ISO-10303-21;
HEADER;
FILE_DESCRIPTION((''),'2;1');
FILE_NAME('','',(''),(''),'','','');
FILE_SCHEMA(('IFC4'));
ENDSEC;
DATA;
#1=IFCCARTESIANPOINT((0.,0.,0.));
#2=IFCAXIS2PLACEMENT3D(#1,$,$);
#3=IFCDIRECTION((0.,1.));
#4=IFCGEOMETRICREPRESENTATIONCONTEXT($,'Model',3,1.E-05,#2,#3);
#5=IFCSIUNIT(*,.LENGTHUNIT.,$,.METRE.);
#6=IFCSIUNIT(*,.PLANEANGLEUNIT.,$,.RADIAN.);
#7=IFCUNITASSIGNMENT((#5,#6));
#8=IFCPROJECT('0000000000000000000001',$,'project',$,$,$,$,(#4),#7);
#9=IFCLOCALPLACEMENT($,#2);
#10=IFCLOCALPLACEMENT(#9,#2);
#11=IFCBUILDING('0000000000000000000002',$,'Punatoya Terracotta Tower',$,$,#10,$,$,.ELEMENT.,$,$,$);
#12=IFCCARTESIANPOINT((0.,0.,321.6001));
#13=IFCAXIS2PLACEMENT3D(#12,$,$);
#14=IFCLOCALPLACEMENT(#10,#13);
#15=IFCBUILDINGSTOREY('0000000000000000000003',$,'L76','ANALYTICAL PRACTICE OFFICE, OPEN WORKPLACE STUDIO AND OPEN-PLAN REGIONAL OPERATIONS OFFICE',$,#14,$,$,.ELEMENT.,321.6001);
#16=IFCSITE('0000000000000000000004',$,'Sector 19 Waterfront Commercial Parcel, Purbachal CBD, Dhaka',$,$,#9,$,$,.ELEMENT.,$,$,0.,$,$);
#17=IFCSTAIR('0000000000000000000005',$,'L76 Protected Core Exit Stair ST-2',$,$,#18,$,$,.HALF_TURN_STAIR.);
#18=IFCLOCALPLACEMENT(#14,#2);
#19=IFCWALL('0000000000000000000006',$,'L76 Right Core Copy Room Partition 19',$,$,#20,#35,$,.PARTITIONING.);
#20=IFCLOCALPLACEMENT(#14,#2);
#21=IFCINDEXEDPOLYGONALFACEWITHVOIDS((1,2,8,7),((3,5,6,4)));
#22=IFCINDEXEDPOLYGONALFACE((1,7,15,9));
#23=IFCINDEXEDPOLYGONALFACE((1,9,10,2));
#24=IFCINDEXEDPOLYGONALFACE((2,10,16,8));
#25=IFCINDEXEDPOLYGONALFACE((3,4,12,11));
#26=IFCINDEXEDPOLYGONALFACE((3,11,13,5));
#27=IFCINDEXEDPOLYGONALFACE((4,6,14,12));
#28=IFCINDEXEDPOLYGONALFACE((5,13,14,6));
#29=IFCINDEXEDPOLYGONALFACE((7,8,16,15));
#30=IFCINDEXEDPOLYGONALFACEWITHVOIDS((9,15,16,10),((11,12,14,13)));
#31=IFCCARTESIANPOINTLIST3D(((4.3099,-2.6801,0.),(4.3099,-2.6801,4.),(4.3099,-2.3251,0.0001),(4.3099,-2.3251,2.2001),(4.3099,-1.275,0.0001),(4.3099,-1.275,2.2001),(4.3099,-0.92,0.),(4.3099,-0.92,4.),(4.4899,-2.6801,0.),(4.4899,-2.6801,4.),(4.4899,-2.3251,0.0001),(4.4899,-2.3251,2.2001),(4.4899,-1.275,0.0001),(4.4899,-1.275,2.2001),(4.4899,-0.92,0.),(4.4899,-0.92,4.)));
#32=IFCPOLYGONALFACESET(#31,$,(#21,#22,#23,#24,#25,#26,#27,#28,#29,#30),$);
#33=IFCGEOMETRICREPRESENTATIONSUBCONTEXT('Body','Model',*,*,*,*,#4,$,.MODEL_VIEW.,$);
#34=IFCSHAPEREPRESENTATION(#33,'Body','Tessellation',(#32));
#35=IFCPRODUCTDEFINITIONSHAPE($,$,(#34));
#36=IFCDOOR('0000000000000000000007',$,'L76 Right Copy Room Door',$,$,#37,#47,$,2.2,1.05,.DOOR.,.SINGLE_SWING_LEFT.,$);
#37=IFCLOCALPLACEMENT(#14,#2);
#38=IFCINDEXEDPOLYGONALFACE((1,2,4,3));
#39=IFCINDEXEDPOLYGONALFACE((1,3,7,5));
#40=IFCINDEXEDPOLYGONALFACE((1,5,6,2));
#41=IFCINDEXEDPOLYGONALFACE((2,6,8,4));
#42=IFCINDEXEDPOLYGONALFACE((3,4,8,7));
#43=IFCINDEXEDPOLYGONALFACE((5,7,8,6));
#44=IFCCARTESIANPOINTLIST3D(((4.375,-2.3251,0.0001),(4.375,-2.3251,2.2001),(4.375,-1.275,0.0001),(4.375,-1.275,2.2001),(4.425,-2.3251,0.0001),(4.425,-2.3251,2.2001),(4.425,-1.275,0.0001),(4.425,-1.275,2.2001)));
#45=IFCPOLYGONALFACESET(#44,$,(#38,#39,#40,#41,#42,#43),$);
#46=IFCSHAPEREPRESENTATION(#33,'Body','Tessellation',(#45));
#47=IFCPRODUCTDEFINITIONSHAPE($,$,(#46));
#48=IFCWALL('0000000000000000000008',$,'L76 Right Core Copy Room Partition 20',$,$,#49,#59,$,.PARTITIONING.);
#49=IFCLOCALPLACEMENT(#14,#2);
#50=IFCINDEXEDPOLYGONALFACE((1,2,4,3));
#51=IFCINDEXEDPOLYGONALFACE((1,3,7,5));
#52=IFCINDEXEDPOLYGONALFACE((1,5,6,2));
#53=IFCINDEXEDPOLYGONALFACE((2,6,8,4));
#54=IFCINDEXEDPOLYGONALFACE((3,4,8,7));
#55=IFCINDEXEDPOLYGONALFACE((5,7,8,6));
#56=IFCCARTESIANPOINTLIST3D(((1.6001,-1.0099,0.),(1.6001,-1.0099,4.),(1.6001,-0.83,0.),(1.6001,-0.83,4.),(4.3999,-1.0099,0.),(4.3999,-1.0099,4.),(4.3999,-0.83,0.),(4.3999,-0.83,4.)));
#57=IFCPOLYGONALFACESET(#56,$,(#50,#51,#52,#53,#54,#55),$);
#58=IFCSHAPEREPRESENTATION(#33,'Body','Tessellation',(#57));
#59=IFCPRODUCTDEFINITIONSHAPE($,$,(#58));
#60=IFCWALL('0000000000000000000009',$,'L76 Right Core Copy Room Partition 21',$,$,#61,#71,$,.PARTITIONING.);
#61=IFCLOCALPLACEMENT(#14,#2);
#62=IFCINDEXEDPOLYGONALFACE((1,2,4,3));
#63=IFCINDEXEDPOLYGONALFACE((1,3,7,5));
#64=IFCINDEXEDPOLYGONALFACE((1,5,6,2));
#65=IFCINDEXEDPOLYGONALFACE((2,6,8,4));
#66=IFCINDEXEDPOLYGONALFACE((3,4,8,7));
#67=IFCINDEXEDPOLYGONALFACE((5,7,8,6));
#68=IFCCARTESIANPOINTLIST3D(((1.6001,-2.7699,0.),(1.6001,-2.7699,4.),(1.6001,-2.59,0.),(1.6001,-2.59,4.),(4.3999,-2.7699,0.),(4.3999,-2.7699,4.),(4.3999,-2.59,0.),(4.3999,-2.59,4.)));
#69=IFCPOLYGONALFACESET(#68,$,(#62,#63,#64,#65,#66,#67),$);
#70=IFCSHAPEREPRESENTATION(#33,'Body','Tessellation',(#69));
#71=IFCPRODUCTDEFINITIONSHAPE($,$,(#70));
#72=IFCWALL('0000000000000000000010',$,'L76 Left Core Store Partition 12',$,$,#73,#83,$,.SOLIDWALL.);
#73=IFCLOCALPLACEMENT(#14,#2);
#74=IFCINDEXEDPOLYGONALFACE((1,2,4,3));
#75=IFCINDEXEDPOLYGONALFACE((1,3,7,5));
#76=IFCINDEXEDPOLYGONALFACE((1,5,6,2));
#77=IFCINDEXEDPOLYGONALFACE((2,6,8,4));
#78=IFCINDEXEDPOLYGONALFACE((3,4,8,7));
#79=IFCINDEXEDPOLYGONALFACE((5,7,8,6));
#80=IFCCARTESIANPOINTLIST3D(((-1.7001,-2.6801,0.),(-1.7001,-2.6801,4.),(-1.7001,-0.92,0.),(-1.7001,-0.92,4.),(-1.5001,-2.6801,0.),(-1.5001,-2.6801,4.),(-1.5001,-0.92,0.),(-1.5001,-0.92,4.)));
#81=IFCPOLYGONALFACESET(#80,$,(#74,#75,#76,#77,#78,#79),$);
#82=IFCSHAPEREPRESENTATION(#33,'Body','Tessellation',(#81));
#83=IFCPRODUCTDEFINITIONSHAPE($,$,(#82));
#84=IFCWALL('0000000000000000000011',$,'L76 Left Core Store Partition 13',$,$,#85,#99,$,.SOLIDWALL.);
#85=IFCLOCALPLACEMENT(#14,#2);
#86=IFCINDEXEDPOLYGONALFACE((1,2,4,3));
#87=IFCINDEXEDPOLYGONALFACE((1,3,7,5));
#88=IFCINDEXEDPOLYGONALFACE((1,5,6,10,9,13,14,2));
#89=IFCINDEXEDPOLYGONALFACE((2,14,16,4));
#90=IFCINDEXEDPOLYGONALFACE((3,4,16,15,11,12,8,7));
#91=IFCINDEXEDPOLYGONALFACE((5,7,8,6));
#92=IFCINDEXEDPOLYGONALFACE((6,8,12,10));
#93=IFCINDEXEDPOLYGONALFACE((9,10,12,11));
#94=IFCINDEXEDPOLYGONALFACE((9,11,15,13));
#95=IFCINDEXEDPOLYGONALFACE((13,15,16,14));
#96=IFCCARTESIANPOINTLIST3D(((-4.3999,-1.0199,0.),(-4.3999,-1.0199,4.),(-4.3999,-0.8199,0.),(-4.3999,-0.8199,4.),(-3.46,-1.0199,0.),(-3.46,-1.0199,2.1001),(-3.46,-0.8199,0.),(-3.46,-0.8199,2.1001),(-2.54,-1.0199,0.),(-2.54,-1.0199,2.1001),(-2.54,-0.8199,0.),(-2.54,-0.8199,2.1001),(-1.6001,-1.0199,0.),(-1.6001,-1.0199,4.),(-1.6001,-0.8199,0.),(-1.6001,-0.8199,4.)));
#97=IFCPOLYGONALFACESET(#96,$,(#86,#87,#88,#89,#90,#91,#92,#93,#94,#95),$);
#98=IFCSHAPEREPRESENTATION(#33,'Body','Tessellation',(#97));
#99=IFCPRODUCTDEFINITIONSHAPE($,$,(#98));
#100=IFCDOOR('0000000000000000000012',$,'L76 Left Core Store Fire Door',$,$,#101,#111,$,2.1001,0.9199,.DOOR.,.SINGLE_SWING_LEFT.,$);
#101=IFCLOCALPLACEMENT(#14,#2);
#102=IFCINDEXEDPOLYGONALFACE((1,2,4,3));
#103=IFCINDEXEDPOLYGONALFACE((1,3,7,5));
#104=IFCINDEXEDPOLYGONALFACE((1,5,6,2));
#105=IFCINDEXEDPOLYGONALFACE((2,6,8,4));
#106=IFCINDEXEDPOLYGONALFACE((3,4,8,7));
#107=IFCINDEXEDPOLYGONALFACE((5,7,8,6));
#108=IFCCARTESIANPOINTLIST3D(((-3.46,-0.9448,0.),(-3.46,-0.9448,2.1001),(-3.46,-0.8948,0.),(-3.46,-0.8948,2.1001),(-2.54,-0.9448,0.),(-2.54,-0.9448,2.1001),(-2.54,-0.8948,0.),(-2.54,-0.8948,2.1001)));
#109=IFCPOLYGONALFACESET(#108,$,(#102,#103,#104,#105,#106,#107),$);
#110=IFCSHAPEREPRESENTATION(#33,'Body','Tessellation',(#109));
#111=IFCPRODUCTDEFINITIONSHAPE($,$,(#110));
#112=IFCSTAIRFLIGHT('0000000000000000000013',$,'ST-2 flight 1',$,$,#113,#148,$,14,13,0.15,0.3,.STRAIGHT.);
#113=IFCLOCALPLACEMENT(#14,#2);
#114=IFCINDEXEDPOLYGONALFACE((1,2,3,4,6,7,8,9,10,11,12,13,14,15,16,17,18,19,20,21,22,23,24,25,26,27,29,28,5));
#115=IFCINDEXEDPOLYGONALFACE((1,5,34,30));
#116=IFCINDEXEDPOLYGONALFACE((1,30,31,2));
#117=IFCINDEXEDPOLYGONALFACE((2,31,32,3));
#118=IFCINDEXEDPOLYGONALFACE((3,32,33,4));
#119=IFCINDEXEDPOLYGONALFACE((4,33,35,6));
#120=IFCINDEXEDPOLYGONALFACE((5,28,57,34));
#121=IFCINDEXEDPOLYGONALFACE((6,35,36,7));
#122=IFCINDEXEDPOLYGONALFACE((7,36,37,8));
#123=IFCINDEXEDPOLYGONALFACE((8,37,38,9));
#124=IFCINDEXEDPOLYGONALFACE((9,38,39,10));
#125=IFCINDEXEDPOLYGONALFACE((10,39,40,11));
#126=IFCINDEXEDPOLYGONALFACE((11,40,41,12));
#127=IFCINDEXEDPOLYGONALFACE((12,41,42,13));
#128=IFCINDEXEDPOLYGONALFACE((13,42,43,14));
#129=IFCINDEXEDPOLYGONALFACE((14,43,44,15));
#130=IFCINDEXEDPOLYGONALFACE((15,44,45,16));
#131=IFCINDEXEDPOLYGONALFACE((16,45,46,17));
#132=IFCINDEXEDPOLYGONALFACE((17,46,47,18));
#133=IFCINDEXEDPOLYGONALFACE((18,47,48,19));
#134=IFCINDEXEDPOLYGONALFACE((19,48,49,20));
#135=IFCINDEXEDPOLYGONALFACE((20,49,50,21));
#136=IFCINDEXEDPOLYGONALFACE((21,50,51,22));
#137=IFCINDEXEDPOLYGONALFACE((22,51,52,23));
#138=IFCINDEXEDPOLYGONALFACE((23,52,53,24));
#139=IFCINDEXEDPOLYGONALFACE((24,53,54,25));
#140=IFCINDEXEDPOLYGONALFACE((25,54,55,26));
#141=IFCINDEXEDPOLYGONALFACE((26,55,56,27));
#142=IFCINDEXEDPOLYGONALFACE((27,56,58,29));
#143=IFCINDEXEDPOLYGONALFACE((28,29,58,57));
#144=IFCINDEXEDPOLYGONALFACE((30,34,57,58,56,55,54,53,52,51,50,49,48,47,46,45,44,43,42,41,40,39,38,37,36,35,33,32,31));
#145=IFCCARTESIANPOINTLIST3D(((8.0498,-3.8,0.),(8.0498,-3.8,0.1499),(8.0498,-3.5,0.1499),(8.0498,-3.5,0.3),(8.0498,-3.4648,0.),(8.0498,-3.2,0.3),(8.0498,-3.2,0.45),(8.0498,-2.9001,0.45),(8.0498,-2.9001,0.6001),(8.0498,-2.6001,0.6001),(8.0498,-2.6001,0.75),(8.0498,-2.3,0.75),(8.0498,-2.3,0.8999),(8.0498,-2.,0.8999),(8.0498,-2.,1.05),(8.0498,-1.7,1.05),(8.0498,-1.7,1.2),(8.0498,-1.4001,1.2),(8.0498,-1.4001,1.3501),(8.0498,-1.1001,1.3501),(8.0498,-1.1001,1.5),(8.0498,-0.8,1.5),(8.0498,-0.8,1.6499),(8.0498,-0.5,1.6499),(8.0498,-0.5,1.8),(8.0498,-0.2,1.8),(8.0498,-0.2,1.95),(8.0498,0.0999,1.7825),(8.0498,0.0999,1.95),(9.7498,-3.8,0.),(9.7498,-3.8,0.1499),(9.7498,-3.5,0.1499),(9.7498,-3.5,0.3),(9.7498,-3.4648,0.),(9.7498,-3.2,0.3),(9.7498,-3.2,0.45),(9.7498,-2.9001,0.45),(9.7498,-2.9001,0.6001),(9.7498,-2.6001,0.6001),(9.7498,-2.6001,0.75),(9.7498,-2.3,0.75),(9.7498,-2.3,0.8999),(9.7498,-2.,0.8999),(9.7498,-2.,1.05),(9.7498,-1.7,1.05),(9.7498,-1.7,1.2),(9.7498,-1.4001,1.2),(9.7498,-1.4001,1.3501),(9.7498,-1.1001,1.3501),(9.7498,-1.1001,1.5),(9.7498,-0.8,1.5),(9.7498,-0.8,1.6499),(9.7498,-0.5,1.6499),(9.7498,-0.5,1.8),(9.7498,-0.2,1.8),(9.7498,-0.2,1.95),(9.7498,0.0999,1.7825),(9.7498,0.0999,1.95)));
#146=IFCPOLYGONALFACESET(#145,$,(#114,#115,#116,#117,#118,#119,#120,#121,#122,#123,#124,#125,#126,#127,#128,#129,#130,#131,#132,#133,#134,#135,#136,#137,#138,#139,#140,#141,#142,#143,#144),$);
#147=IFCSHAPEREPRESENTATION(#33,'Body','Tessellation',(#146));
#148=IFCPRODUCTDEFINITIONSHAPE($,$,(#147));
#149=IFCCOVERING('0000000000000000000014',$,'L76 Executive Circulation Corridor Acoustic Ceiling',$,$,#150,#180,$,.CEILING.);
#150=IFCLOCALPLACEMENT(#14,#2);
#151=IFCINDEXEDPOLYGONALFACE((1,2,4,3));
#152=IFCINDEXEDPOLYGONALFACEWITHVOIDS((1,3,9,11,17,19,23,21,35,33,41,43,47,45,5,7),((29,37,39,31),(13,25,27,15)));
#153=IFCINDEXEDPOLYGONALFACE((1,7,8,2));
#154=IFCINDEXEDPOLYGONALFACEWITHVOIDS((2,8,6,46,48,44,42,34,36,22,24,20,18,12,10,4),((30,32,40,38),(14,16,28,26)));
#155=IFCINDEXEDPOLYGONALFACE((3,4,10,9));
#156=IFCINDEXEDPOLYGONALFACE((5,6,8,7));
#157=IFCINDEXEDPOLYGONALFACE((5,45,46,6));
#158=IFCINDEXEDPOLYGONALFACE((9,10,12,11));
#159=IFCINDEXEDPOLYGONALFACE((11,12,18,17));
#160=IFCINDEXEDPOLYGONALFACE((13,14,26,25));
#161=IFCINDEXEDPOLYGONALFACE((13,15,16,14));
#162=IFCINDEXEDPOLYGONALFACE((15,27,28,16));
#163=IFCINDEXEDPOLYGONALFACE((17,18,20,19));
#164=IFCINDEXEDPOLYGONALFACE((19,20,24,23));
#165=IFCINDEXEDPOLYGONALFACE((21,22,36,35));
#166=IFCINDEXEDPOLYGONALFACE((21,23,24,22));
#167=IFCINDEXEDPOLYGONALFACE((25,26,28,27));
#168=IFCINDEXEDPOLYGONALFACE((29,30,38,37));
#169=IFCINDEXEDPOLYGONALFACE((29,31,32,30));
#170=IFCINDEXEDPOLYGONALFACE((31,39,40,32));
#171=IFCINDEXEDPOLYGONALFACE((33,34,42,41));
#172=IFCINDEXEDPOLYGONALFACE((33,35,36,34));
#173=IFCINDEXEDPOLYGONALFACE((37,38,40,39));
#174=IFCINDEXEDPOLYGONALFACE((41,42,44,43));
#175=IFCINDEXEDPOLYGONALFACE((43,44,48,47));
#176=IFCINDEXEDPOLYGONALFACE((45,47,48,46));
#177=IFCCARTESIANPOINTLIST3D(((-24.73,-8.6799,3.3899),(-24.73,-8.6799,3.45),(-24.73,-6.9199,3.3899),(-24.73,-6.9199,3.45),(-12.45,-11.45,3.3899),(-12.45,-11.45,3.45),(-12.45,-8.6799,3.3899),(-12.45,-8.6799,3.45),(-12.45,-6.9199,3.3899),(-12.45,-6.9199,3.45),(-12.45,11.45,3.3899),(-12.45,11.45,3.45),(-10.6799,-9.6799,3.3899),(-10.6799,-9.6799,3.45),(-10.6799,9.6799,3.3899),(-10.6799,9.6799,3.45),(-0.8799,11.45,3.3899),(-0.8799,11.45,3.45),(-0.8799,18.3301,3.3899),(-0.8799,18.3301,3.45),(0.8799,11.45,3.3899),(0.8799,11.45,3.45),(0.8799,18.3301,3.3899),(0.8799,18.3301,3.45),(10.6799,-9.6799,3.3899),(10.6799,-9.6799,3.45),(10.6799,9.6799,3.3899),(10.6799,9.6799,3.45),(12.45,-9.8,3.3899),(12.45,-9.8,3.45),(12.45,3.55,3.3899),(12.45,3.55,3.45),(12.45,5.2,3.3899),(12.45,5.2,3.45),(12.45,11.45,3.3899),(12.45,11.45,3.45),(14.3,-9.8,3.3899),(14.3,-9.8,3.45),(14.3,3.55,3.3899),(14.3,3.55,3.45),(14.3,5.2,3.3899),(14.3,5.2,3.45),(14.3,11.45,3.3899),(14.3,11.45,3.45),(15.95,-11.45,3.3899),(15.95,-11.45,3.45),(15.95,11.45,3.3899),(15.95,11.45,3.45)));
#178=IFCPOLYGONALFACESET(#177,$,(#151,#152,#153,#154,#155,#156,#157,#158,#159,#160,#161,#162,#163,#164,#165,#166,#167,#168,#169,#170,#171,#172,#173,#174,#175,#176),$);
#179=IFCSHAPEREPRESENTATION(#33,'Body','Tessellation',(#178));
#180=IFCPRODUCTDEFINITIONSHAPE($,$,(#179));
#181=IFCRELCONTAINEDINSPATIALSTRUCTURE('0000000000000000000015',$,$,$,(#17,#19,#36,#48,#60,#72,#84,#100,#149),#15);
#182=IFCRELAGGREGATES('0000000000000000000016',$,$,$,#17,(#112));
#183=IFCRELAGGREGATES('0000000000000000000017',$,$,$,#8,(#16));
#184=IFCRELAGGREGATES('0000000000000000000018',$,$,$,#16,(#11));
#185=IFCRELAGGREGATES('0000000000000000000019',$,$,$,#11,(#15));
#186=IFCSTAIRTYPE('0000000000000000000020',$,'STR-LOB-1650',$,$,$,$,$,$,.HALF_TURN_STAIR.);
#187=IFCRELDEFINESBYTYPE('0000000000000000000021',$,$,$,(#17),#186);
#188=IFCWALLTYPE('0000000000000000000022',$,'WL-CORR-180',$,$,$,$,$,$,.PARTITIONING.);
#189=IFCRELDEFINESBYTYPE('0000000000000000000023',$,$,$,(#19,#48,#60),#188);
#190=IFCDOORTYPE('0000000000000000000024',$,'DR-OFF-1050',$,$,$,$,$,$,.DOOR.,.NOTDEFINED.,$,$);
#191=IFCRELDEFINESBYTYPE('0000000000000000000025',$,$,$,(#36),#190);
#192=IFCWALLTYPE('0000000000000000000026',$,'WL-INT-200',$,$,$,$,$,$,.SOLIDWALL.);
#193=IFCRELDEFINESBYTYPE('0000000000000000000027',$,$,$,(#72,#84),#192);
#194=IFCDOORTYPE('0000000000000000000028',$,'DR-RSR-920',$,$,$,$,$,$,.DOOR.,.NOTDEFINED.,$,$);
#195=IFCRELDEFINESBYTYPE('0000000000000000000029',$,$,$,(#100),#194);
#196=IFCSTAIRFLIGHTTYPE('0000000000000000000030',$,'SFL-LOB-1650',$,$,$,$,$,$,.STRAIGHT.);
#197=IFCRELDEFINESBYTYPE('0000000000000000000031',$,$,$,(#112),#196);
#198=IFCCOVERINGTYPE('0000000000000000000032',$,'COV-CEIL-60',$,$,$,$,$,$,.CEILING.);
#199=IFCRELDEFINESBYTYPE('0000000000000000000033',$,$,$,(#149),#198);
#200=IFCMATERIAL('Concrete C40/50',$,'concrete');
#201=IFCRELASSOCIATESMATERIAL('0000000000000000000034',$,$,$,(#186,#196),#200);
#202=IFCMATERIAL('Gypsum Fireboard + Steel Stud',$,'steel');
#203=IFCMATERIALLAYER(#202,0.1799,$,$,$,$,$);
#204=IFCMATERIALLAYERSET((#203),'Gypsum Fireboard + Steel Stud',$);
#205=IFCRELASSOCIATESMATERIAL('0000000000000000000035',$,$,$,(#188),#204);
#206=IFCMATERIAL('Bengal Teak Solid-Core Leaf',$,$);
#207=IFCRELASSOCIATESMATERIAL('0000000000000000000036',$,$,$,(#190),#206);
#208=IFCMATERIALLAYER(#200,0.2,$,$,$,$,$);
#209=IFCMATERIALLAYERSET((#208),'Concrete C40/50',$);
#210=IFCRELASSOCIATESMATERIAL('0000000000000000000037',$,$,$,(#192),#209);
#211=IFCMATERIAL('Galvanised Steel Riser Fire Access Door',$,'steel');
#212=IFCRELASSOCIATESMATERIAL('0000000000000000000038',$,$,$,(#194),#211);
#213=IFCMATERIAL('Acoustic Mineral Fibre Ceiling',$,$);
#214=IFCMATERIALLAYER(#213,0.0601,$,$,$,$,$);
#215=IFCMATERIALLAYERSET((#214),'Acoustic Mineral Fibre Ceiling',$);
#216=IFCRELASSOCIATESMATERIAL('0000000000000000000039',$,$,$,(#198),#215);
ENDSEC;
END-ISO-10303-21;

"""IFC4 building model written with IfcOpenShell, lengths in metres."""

from ifc_helpers import new_model, si_unit, direction, frame, frame_2d, origin, place, context, subcontext, project, spatial, polyline, rectangle, outline, extrude, material, layer, layer_set, type_object, element, fill, aggregate, save


model = new_model("IFC4")

# Units and contexts
model_context = context("Model", 3, precision=1e-05, world=origin(), true_north=direction((0.0, 1.0)))
body_context = subcontext(model_context, "Body", "Model", "MODEL_VIEW")
ifc_project = project(units=[si_unit("LENGTHUNIT", "METRE"), si_unit("PLANEANGLEUNIT", "RADIAN")], contexts=[model_context])

# Site, building, storey
site_placement = place(None, origin())
site = spatial("IfcSite", under=ifc_project, at=site_placement, Name="Sector 19 Waterfront Commercial Parcel, Purbachal CBD, Dhaka", CompositionType="ELEMENT", RefElevation=0.0)
building_placement = place(site_placement, origin())
building = spatial("IfcBuilding", under=site, at=building_placement, Name="Punatoya Terracotta Tower", CompositionType="ELEMENT")
storey_placement = place(building_placement, frame((0.0, 0.0, 321.6001)))
storey = spatial("IfcBuildingStorey", under=building, at=storey_placement, Name="L76", Description="ANALYTICAL PRACTICE OFFICE, OPEN WORKPLACE STUDIO AND OPEN-PLAN REGIONAL OPERATIONS OFFICE", CompositionType="ELEMENT", Elevation=321.6001)

# Stair
ifc_material_1 = material(Name="Concrete C40/50", Category="concrete")
stair_type_1 = type_object("IfcStairType", Name="STR-LOB-1650", PredefinedType="HALF_TURN_STAIR", material=ifc_material_1)
stair_1_placement = place(storey_placement, origin())
stair_1 = element("IfcStair", 1, at=stair_1_placement, inside=storey, type_object=stair_type_1, Name="L76 Protected Core Exit Stair ST-2", PredefinedType="HALF_TURN_STAIR")

# Shared definitions
ifc_material_2 = material(Name="Gypsum Fireboard + Steel Stud", Category="steel")
ifc_layer_1 = layer(ifc_material_2, 0.1799)
ifc_layer_set_1 = layer_set([ifc_layer_1], Name="Gypsum Fireboard + Steel Stud")
wall_type_1 = type_object("IfcWallType", Name="WL-CORR-180", PredefinedType="PARTITIONING", material=ifc_layer_set_1)

# Wall, opening, door
wall_1_placement = place(storey_placement, frame((4.3999, -2.6799, 0.0), z_axis=(0.0, 0.0, 1.0), x_axis=(0.0, 1.0, 0.0)))
wall_1 = element("IfcWall", 2, at=wall_1_placement, inside=storey, type_object=wall_type_1, Name="L76 Right Core Copy Room Partition 19", PredefinedType="PARTITIONING", context=body_context, shape_type="SweptSolid", body=[
    extrude(rectangle(XDim=1.76, YDim=0.1799, at=frame_2d((0.8799, 0.0))), origin(), (0.0, 0.0, 1.0), 4.0),
])
opening_1_placement = place(wall_1_placement, frame((0.355, 0.0, 0.0)))
opening_1 = element("IfcOpeningElement", 3, at=opening_1_placement, cuts=wall_1, PredefinedType="OPENING", context=body_context, shape_type="SweptSolid", body=[
    extrude(rectangle(XDim=1.05, YDim=2.2, at=frame_2d((0.5249, 1.1001))), frame((0.0, 0.0999, 0.0), z_axis=(0.0, -1.0, 0.0), x_axis=(1.0, 0.0, 0.0)), (0.0, 0.0, 1.0), 0.2),
])
ifc_material_3 = material(Name="Bengal Teak Solid-Core Leaf")
door_type_1 = type_object("IfcDoorType", Name="DR-OFF-1050", OperationType="NOTDEFINED", PredefinedType="DOOR", material=ifc_material_3)
door_1_placement = place(opening_1_placement, origin())
door_1 = element("IfcDoor", 4, at=door_1_placement, inside=storey, type_object=door_type_1, Name="L76 Right Copy Room Door", OperationType="SINGLE_SWING_LEFT", OverallHeight=2.2, OverallWidth=1.05, PredefinedType="DOOR", context=body_context, shape_type="SweptSolid", body=[
    extrude(rectangle(XDim=1.05, YDim=2.2, at=frame_2d((0.5249, 1.1001))), frame((0.0, 0.0249, 0.0), z_axis=(0.0, -1.0, 0.0), x_axis=(1.0, 0.0, 0.0)), (0.0, 0.0, 1.0), 0.05),
])
fill(opening_1, door_1)

# Walls
for number, where, z_axis, x_axis, name in (
    (5, (4.3999, -0.9199, 0.0), (0.0, 0.0, 1.0), (-1.0, 0.0, 0.0), "L76 Right Core Copy Room Partition 20"),
    (6, (1.6001, -2.6799, 0.0), (0.0, 0.0, 1.0), (1.0, 0.0, 0.0), "L76 Right Core Copy Room Partition 21"),
):
    element("IfcWall", number, at=place(storey_placement, frame(where, z_axis=z_axis, x_axis=x_axis)), inside=storey, type_object=wall_type_1, Name=name, PredefinedType="PARTITIONING", context=body_context, shape_type="SweptSolid", body=[
        extrude(rectangle(XDim=2.7998, YDim=0.1799, at=frame_2d((1.3999, 0.0))), origin(), (0.0, 0.0, 1.0), 4.0),
    ])
ifc_layer_2 = layer(ifc_material_1, 0.2)
ifc_layer_set_2 = layer_set([ifc_layer_2], Name="Concrete C40/50")
wall_type_2 = type_object("IfcWallType", Name="WL-INT-200", PredefinedType="SOLIDWALL", material=ifc_layer_set_2)
wall_2_placement = place(storey_placement, frame((-1.6001, -2.6799, 0.0), z_axis=(0.0, 0.0, 1.0), x_axis=(0.0, 1.0, 0.0)))
element("IfcWall", 7, at=wall_2_placement, inside=storey, type_object=wall_type_2, Name="L76 Left Core Store Partition 12", PredefinedType="SOLIDWALL", context=body_context, shape_type="SweptSolid", body=[
    extrude(rectangle(XDim=1.76, YDim=0.2, at=frame_2d((0.8799, 0.0))), origin(), (0.0, 0.0, 1.0), 4.0),
])

# Wall, opening, door
wall_3_placement = place(storey_placement, frame((-1.6001, -0.9199, 0.0), z_axis=(0.0, 0.0, 1.0), x_axis=(-1.0, 0.0, 0.0)))
wall_3 = element("IfcWall", 8, at=wall_3_placement, inside=storey, type_object=wall_type_2, Name="L76 Left Core Store Partition 13", PredefinedType="SOLIDWALL", context=body_context, shape_type="SweptSolid", body=[
    extrude(rectangle(XDim=2.7998, YDim=0.2, at=frame_2d((1.3999, 0.0))), origin(), (0.0, 0.0, 1.0), 4.0),
])
opening_2_placement = place(wall_3_placement, frame((0.9399, 0.0, 0.0)))
opening_2 = element("IfcOpeningElement", 9, at=opening_2_placement, cuts=wall_3, PredefinedType="OPENING", context=body_context, shape_type="SweptSolid", body=[
    extrude(rectangle(XDim=0.9199, YDim=2.1001, at=frame_2d((0.46, 1.05))), frame((0.0, 0.1099, 0.0), z_axis=(0.0, -1.0, 0.0), x_axis=(1.0, 0.0, 0.0)), (0.0, 0.0, 1.0), 0.22),
])
ifc_material_4 = material(Name="Galvanised Steel Riser Fire Access Door", Category="steel")
door_type_2 = type_object("IfcDoorType", Name="DR-RSR-920", OperationType="NOTDEFINED", PredefinedType="DOOR", material=ifc_material_4)
door_2_placement = place(opening_2_placement, origin())
door_2 = element("IfcDoor", 10, at=door_2_placement, inside=storey, type_object=door_type_2, Name="L76 Left Core Store Fire Door", OperationType="SINGLE_SWING_LEFT", OverallHeight=2.1001, OverallWidth=0.9199, PredefinedType="DOOR", context=body_context, shape_type="SweptSolid", body=[
    extrude(rectangle(XDim=0.9199, YDim=2.1001, at=frame_2d((0.46, 1.05))), frame((0.0, 0.0249, 0.0), z_axis=(0.0, -1.0, 0.0), x_axis=(1.0, 0.0, 0.0)), (0.0, 0.0, 1.0), 0.05),
])
fill(opening_2, door_2)

# Stair flight
stair_flight_type = type_object("IfcStairFlightType", Name="SFL-LOB-1650", PredefinedType="STRAIGHT", material=ifc_material_1)
stair_flight_placement = place(storey_placement, frame((8.8999, -3.8, 0.0), z_axis=(0.0, 0.0, 1.0), x_axis=(0.0, 1.0, 0.0)))
stair_flight = element("IfcStairFlight", 11, at=stair_flight_placement, type_object=stair_flight_type, Name="ST-2 flight 1", NumberOfRisers=14, NumberOfTreads=13, PredefinedType="STRAIGHT", RiserHeight=0.15, TreadLength=0.3, context=body_context, shape_type="SweptSolid", body=[
    extrude(outline(polyline([(0.0, 0.0), (0.0, 0.1499), (0.3, 0.1499), (0.3, 0.3), (0.6001, 0.3), (0.6001, 0.45), (0.8999, 0.45), (0.8999, 0.6001), (1.2, 0.6001), (1.2, 0.75), (1.5, 0.75), (1.5, 0.8999), (1.8, 0.8999), (1.8, 1.05), (2.1001, 1.05), (2.1001, 1.2), (2.3999, 1.2), (2.3999, 1.3501), (2.7, 1.3501), (2.7, 1.5), (3.0, 1.5), (3.0, 1.6499), (3.3, 1.6499), (3.3, 1.8), (3.6001, 1.8), (3.6001, 1.95), (3.8999, 1.95), (3.8999, 2.1001), (3.8999, 1.7825), (0.3352, 0.0), (0.0, 0.0)])), frame((0.0, 0.8501, 0.0), z_axis=(0.0, -1.0, 0.0), x_axis=(1.0, 0.0, 0.0)), (0.0, 0.0, 1.0), 1.7),
])
aggregate(stair_1, [stair_flight])

# Covering
ifc_material_5 = material(Name="Acoustic Mineral Fibre Ceiling")
ifc_layer_3 = layer(ifc_material_5, 0.0601)
ifc_layer_set_3 = layer_set([ifc_layer_3], Name="Acoustic Mineral Fibre Ceiling")
covering_type = type_object("IfcCoveringType", Name="COV-CEIL-60", PredefinedType="CEILING", material=ifc_layer_set_3)
covering_placement = place(storey_placement, frame((0.0, 0.0, 3.3899)))
element("IfcCovering", 12, at=covering_placement, inside=storey, type_object=covering_type, Name="L76 Executive Circulation Corridor Acoustic Ceiling", PredefinedType="CEILING", context=body_context, shape_type="SweptSolid", body=[
    extrude(outline(polyline([(-12.45, -6.9199), (-24.73, -6.9199), (-24.73, -8.6799), (-12.45, -8.6799), (-12.45, -11.45), (15.95, -11.45), (15.95, 11.45), (14.3, 11.45), (14.3, 5.2), (12.45, 5.2), (12.45, 11.45), (0.8799, 11.45), (0.8799, 18.3301), (-0.8799, 18.3301), (-0.8799, 11.45), (-12.45, 11.45), (-12.45, -6.9199)]), holes=[polyline([(14.3, -9.8), (12.45, -9.8), (12.45, 3.55), (14.3, 3.55), (14.3, -9.8)]), polyline([(10.6799, 9.6799), (10.6799, -9.6799), (-10.6799, -9.6799), (-10.6799, 9.6799), (10.6799, 9.6799)])]), origin(), (0.0, 0.0, 1.0), 0.0601),
])

save(model, "model.ifc")
